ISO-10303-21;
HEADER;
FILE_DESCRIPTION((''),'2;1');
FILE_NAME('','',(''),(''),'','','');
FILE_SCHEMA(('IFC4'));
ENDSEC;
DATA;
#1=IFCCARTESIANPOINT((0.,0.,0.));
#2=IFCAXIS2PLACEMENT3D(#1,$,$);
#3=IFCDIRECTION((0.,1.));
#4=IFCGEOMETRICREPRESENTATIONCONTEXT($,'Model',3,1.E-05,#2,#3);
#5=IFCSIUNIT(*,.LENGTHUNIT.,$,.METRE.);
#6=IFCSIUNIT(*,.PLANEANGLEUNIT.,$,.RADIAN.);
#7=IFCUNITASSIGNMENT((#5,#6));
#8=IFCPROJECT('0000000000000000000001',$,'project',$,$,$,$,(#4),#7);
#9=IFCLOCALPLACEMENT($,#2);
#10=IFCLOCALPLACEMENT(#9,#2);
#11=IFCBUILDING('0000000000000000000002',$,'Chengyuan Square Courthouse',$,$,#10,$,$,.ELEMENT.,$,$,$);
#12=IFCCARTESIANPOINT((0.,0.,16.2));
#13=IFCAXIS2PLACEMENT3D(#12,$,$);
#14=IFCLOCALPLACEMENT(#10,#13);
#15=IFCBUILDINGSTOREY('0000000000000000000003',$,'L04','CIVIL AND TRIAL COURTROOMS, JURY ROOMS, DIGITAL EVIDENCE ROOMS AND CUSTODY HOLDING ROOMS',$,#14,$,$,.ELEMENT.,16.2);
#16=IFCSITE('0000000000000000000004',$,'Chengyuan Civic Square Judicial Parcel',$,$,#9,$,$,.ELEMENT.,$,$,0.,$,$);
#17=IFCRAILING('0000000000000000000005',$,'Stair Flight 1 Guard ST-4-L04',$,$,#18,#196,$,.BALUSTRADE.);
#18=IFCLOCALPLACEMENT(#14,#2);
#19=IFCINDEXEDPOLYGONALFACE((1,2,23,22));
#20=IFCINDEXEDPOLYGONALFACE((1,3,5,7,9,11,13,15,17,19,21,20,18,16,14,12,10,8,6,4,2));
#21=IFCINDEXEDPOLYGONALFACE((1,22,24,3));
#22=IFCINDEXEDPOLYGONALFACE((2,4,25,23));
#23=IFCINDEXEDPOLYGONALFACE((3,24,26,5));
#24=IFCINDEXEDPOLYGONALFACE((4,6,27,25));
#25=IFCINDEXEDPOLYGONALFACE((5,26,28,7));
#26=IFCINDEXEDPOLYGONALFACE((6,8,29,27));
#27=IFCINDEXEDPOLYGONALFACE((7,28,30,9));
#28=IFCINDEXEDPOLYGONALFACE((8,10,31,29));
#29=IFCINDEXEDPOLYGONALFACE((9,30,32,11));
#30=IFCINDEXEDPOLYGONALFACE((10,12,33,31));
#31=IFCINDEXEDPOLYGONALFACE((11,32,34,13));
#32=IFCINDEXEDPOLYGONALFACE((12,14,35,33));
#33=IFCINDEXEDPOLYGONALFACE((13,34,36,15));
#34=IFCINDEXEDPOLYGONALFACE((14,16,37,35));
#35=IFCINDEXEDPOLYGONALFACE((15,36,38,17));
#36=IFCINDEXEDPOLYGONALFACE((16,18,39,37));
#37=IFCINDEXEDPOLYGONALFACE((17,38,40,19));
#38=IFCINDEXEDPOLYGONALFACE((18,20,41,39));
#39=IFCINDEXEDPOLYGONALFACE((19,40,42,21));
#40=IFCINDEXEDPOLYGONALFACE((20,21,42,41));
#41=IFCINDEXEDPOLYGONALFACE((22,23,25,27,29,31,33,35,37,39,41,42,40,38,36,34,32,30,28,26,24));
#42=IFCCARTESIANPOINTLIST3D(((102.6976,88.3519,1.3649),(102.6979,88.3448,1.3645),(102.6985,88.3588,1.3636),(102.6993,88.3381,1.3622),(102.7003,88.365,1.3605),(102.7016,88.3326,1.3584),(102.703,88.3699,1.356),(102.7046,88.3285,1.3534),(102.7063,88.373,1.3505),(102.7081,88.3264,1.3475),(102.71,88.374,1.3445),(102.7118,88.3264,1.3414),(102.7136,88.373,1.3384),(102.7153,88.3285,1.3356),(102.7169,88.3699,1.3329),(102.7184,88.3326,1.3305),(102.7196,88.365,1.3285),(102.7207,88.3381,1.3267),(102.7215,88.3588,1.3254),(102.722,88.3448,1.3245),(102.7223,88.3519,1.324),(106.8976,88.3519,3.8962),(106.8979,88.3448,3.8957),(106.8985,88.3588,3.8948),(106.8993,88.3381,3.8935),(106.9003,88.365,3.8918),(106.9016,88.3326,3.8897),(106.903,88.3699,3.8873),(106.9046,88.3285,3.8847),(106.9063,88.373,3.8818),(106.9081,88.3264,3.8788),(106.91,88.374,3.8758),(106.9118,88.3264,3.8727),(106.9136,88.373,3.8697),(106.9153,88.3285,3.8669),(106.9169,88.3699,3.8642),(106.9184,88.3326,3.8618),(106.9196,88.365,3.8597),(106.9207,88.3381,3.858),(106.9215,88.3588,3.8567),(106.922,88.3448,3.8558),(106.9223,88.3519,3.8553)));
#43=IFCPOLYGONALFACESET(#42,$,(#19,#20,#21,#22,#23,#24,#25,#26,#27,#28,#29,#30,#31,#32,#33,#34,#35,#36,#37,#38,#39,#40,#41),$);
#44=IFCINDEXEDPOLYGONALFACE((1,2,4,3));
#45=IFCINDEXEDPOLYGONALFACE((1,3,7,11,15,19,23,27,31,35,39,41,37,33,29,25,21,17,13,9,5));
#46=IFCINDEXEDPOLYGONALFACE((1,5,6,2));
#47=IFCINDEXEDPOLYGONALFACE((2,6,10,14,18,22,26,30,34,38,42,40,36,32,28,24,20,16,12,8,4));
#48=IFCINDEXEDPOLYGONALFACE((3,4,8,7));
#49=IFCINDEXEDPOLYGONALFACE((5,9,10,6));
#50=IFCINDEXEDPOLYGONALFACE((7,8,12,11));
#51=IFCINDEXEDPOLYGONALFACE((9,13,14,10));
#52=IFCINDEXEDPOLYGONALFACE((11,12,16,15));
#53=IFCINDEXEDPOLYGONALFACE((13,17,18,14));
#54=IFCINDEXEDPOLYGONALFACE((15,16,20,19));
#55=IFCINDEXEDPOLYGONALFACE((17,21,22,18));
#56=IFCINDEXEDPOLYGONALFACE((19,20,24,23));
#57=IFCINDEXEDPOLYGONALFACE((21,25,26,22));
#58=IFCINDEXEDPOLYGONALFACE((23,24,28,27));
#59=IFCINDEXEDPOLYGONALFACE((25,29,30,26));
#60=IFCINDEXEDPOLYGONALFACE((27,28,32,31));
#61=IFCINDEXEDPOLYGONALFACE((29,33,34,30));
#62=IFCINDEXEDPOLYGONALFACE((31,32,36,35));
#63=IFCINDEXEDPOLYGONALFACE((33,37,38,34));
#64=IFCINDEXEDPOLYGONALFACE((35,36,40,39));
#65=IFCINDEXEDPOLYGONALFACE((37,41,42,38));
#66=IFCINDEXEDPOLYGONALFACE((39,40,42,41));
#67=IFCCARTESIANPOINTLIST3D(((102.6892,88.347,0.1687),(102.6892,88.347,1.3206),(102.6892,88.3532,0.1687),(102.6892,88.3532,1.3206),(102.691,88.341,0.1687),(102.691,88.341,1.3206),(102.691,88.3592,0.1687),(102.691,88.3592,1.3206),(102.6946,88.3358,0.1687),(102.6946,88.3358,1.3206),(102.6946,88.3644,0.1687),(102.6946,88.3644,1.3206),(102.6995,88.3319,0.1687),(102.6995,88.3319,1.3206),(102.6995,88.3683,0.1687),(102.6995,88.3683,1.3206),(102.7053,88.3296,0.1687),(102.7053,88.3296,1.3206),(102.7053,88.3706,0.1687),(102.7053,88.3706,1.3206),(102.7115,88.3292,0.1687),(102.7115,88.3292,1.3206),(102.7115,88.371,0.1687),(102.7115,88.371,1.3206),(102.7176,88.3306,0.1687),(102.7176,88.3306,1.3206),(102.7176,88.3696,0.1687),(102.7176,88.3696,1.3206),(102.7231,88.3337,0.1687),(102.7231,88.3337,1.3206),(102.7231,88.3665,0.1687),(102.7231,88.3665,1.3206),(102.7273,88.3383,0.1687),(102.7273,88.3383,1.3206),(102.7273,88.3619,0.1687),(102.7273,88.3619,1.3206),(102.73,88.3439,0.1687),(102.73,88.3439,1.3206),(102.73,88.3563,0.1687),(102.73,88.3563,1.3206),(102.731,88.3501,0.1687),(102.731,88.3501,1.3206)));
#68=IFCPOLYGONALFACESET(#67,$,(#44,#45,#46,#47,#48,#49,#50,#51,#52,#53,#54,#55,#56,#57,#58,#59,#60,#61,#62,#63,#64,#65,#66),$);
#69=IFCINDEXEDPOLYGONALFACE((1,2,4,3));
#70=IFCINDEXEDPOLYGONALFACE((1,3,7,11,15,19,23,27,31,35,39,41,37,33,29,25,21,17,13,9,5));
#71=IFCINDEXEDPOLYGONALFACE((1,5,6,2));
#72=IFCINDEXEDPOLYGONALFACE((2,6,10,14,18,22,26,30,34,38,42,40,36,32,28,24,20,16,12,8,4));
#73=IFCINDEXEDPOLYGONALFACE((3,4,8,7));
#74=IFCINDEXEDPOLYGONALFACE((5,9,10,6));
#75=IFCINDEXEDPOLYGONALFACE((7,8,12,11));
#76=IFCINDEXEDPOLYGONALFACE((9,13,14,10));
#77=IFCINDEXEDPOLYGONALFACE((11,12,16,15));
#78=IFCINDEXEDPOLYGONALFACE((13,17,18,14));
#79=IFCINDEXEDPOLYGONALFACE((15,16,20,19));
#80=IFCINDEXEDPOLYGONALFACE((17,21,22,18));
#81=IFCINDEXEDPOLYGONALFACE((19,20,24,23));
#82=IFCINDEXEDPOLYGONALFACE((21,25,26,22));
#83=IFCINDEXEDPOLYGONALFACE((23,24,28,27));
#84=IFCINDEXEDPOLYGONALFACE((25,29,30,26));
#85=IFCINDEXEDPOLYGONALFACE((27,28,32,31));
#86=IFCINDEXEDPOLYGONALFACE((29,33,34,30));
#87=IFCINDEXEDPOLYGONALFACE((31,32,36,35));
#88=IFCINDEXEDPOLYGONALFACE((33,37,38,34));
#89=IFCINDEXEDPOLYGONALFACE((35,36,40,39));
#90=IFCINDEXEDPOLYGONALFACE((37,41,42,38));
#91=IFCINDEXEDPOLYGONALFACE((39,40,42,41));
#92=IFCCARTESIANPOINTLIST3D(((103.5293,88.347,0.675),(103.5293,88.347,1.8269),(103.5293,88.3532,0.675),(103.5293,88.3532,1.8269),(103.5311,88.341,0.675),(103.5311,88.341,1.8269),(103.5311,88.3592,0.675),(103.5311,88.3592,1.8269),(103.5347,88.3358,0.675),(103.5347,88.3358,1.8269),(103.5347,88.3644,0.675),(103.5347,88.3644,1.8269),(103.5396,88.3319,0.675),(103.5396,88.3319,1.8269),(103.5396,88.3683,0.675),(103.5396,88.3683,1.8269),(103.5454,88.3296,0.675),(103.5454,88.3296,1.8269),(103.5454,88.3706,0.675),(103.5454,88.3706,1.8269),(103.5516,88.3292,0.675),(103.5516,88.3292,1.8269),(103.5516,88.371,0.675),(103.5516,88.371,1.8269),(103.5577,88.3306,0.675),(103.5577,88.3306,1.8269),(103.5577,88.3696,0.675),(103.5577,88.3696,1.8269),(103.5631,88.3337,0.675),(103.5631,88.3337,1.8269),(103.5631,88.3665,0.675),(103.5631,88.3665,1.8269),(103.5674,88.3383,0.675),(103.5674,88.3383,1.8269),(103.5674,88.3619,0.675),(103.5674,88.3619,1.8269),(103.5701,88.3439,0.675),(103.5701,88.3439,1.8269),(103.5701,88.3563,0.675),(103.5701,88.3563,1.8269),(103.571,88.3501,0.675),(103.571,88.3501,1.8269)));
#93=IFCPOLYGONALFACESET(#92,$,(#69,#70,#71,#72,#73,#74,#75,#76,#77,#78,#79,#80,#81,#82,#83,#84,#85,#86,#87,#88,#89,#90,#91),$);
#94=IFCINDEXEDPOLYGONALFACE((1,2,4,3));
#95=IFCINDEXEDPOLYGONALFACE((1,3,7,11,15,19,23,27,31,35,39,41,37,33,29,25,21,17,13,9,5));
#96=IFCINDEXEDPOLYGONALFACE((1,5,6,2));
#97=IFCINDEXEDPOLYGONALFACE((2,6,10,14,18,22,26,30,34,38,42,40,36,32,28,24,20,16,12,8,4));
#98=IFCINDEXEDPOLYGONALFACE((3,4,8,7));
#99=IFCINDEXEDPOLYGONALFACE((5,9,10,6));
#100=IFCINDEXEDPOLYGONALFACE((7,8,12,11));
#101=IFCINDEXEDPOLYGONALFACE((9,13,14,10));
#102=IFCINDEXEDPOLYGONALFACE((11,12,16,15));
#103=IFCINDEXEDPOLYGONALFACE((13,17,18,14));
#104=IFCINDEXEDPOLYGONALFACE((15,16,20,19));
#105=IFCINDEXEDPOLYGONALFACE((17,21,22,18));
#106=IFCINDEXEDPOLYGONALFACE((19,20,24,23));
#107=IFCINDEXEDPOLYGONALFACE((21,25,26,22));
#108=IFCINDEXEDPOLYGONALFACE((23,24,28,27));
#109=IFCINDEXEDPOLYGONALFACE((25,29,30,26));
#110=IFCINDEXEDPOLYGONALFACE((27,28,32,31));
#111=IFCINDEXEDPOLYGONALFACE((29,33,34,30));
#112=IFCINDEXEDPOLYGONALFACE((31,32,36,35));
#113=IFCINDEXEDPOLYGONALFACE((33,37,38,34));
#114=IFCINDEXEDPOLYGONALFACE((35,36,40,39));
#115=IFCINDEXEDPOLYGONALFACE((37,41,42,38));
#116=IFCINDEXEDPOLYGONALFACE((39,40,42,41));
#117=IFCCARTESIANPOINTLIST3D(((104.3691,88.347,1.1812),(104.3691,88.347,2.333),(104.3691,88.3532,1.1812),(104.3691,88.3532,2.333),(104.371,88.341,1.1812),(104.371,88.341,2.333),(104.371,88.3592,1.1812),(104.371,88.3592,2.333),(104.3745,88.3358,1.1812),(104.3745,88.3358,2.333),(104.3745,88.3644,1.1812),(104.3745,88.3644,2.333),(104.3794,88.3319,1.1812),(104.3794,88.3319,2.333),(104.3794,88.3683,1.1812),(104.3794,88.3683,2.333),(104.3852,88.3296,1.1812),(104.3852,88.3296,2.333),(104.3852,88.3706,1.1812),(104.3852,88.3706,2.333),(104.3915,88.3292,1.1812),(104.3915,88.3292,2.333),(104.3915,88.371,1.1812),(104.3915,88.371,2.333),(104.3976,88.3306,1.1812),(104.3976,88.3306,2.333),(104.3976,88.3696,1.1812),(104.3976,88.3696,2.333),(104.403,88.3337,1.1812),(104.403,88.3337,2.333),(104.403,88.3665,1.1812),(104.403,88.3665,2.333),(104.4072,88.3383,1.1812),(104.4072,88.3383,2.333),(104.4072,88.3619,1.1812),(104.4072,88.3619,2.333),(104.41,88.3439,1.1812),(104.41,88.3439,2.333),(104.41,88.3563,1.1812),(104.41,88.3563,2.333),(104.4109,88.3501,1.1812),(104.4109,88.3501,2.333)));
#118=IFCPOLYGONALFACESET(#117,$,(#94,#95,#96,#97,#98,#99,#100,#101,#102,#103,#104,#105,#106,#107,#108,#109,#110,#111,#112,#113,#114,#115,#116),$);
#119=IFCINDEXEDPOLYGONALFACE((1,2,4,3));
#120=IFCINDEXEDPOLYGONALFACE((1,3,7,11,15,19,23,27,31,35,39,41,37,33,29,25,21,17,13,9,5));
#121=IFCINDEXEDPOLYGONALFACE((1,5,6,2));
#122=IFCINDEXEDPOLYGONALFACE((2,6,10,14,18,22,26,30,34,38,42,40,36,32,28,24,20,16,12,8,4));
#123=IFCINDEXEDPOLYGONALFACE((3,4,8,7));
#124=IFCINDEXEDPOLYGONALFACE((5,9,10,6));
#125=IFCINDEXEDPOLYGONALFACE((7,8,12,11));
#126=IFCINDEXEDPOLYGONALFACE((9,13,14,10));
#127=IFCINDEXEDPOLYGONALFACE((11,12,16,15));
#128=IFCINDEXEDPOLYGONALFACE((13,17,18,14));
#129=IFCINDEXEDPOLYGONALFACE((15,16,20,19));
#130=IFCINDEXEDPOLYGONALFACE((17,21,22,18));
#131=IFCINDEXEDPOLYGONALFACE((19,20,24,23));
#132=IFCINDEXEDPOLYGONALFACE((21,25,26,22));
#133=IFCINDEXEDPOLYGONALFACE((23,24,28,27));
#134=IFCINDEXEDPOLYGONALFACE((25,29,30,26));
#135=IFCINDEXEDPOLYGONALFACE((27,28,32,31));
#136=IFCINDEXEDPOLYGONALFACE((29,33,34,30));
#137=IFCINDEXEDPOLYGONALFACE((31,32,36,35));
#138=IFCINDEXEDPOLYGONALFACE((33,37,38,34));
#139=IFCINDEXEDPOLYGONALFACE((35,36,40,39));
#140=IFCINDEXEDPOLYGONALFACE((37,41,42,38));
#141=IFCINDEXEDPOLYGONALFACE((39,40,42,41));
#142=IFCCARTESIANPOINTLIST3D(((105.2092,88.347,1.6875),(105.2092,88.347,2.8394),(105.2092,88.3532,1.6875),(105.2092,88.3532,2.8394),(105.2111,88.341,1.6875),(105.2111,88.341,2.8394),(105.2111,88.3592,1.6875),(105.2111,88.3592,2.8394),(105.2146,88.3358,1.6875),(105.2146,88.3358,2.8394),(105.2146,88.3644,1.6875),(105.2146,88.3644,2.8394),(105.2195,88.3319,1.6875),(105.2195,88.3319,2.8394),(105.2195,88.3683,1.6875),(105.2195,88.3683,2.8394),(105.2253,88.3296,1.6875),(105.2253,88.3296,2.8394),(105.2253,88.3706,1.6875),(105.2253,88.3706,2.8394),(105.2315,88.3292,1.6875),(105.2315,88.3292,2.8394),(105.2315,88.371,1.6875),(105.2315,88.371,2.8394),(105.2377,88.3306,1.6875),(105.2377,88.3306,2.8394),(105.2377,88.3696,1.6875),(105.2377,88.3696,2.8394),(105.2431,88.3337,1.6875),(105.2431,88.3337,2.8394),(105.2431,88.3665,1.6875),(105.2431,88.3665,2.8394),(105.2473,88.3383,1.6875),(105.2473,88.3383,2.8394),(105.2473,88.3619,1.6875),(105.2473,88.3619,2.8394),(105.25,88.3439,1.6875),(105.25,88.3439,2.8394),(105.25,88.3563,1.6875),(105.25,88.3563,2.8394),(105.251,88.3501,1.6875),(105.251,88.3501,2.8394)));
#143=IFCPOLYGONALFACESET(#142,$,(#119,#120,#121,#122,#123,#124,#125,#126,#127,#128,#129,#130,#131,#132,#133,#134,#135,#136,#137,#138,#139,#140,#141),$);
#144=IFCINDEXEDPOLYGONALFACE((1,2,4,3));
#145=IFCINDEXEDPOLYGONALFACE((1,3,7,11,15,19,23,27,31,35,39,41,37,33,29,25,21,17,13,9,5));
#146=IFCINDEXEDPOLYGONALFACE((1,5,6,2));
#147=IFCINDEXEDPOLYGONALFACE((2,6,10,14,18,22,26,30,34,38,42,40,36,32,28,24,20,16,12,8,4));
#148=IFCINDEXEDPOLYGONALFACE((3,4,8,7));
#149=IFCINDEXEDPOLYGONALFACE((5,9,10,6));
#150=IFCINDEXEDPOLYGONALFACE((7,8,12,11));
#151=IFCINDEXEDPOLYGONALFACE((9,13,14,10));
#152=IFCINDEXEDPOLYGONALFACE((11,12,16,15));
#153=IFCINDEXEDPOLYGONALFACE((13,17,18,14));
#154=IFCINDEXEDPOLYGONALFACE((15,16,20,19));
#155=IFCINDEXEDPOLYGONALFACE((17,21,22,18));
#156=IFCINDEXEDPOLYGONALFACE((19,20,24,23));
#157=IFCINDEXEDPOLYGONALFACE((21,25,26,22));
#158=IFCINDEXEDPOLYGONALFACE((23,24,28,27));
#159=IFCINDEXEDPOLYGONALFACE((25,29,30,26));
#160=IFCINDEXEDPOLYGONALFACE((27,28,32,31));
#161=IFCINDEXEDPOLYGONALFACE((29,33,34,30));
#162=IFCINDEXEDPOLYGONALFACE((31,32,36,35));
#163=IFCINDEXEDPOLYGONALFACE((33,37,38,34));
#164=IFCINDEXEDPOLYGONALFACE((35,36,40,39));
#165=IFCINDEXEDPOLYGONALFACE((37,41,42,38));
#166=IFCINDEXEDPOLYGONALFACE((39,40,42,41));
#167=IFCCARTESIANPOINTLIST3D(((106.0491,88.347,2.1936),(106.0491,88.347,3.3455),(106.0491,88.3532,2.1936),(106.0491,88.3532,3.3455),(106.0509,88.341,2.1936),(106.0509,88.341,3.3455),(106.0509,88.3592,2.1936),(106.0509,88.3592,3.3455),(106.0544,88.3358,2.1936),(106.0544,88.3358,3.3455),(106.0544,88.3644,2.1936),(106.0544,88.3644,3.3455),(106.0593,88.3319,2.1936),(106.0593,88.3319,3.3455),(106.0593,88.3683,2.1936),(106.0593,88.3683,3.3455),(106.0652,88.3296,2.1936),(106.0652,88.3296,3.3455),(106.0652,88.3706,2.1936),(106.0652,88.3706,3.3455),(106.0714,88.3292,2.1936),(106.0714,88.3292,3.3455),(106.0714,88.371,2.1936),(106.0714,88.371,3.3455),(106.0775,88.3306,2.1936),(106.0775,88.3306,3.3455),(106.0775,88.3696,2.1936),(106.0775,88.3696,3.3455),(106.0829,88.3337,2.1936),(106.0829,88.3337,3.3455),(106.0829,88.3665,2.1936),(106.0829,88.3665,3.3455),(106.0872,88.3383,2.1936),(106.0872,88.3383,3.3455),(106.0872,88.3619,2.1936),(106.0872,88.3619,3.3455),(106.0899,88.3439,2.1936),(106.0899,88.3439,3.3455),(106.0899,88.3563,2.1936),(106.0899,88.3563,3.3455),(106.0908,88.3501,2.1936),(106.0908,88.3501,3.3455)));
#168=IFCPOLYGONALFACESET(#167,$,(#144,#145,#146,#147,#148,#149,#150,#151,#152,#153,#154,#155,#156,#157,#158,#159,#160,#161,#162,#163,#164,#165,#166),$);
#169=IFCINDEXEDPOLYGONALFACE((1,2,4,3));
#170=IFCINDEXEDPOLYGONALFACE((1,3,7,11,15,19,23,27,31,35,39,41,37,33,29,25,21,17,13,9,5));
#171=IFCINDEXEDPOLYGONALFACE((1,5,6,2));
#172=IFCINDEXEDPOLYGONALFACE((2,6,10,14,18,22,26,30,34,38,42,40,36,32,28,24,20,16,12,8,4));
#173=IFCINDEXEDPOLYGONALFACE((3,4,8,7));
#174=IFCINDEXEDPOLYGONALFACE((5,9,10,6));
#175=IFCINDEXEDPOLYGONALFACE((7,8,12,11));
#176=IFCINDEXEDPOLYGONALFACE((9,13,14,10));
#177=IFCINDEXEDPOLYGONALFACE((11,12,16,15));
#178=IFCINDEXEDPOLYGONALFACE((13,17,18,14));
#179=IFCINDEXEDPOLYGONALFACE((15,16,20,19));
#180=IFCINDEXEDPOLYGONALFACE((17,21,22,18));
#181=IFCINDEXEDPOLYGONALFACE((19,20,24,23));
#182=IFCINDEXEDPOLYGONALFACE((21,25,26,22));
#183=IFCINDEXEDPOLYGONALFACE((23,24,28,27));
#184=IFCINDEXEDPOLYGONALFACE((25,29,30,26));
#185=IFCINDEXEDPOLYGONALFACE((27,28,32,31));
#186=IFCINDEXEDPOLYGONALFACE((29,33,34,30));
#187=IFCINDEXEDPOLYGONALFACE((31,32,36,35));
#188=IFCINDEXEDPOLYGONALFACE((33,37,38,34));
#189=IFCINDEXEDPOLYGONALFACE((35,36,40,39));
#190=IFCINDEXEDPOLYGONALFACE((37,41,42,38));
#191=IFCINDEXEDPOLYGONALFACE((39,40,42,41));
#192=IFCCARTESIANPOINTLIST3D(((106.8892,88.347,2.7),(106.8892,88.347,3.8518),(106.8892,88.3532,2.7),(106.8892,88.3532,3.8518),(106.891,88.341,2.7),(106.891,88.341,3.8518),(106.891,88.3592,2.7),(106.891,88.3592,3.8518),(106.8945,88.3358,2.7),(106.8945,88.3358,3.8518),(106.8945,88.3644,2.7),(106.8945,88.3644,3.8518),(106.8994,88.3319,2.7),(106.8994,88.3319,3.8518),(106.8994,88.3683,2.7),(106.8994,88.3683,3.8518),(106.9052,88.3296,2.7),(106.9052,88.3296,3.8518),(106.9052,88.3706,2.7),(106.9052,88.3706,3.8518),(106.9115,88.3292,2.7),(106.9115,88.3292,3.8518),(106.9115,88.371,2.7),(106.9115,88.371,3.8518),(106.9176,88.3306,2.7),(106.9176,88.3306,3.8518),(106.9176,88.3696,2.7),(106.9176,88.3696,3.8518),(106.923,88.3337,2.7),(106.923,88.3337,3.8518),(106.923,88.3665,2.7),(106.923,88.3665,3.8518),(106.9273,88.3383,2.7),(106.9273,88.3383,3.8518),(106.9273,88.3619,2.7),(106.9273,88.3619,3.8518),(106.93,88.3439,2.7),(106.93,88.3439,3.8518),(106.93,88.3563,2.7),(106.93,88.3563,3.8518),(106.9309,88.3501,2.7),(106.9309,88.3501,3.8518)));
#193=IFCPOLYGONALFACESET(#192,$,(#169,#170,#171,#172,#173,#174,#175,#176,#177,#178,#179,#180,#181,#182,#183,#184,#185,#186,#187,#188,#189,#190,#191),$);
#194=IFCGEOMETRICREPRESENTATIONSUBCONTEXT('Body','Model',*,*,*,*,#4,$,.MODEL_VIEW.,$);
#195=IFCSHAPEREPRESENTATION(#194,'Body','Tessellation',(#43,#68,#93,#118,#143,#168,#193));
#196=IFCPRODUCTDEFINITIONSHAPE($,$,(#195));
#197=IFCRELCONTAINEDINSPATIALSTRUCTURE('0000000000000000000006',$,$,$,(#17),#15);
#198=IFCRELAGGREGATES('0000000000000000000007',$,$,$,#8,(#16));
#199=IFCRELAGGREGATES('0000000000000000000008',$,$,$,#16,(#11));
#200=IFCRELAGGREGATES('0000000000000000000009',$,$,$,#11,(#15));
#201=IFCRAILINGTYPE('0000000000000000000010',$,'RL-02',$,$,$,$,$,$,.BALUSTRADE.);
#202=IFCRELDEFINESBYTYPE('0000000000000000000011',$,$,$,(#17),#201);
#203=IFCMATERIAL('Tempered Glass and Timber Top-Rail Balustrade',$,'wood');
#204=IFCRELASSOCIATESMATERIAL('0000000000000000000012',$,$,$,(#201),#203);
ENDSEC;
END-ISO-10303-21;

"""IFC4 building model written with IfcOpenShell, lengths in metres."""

from ifc_helpers import new_model, si_unit, direction, frame, origin, origin_2d, place, context, subcontext, project, spatial, circle, extrude, material, type_object, element, save


model = new_model("IFC4")

# Units and contexts
model_context = context("Model", 3, precision=1e-05, world=origin(), true_north=direction((0.0, 1.0)))
body_context = subcontext(model_context, "Body", "Model", "MODEL_VIEW")
ifc_project = project(units=[si_unit("LENGTHUNIT", "METRE"), si_unit("PLANEANGLEUNIT", "RADIAN")], contexts=[model_context])

# Site, building, storey
site_placement = place(None, origin())
site = spatial("IfcSite", under=ifc_project, at=site_placement, Name="Chengyuan Civic Square Judicial Parcel", CompositionType="ELEMENT", RefElevation=0.0)
building_placement = place(site_placement, origin())
building = spatial("IfcBuilding", under=site, at=building_placement, Name="Chengyuan Square Courthouse", CompositionType="ELEMENT")
storey_placement = place(building_placement, frame((0.0, 0.0, 16.2)))
storey = spatial("IfcBuildingStorey", under=building, at=storey_placement, Name="L04", Description="CIVIL AND TRIAL COURTROOMS, JURY ROOMS, DIGITAL EVIDENCE ROOMS AND CUSTODY HOLDING ROOMS", CompositionType="ELEMENT", Elevation=16.2)

# Railing
ifc_material_1 = material(Name="Tempered Glass and Timber Top-Rail Balustrade", Category="wood")
railing_type_1 = type_object("IfcRailingType", Name="RL-02", PredefinedType="BALUSTRADE", material=ifc_material_1)
railing_1_placement = place(storey_placement, frame((102.71, 88.3501, 0.1687)))
element("IfcRailing", 1, at=railing_1_placement, inside=storey, type_object=railing_type_1, Name="Stair Flight 1 Guard ST-4-L04", PredefinedType="BALUSTRADE", context=body_context, shape_type="SweptSolid", body=[
    extrude(circle(Radius=0.0239, at=origin_2d()), frame((0.0, 0.0, 1.1758), z_axis=(0.856476, 0.0, 0.516186), x_axis=(0.0, 1.0, 0.0)), (0.0, 0.0, 1.0), 4.9038),
    extrude(circle(Radius=0.021, at=origin_2d()), origin(), (0.0, 0.0, 1.0), 1.1519),
    extrude(circle(Radius=0.021, at=origin_2d()), frame((0.8401, 0.0, 0.5063)), (0.0, 0.0, 1.0), 1.1519),
    extrude(circle(Radius=0.021, at=origin_2d()), frame((1.6799, 0.0, 1.0125)), (0.0, 0.0, 1.0), 1.1519),
    extrude(circle(Radius=0.021, at=origin_2d()), frame((2.52, 0.0, 1.5188)), (0.0, 0.0, 1.0), 1.1519),
    extrude(circle(Radius=0.021, at=origin_2d()), frame((3.3599, 0.0, 2.0249)), (0.0, 0.0, 1.0), 1.1519),
    extrude(circle(Radius=0.021, at=origin_2d()), frame((4.2, 0.0, 2.5312)), (0.0, 0.0, 1.0), 1.1519),
])

save(model, "model.ifc")
